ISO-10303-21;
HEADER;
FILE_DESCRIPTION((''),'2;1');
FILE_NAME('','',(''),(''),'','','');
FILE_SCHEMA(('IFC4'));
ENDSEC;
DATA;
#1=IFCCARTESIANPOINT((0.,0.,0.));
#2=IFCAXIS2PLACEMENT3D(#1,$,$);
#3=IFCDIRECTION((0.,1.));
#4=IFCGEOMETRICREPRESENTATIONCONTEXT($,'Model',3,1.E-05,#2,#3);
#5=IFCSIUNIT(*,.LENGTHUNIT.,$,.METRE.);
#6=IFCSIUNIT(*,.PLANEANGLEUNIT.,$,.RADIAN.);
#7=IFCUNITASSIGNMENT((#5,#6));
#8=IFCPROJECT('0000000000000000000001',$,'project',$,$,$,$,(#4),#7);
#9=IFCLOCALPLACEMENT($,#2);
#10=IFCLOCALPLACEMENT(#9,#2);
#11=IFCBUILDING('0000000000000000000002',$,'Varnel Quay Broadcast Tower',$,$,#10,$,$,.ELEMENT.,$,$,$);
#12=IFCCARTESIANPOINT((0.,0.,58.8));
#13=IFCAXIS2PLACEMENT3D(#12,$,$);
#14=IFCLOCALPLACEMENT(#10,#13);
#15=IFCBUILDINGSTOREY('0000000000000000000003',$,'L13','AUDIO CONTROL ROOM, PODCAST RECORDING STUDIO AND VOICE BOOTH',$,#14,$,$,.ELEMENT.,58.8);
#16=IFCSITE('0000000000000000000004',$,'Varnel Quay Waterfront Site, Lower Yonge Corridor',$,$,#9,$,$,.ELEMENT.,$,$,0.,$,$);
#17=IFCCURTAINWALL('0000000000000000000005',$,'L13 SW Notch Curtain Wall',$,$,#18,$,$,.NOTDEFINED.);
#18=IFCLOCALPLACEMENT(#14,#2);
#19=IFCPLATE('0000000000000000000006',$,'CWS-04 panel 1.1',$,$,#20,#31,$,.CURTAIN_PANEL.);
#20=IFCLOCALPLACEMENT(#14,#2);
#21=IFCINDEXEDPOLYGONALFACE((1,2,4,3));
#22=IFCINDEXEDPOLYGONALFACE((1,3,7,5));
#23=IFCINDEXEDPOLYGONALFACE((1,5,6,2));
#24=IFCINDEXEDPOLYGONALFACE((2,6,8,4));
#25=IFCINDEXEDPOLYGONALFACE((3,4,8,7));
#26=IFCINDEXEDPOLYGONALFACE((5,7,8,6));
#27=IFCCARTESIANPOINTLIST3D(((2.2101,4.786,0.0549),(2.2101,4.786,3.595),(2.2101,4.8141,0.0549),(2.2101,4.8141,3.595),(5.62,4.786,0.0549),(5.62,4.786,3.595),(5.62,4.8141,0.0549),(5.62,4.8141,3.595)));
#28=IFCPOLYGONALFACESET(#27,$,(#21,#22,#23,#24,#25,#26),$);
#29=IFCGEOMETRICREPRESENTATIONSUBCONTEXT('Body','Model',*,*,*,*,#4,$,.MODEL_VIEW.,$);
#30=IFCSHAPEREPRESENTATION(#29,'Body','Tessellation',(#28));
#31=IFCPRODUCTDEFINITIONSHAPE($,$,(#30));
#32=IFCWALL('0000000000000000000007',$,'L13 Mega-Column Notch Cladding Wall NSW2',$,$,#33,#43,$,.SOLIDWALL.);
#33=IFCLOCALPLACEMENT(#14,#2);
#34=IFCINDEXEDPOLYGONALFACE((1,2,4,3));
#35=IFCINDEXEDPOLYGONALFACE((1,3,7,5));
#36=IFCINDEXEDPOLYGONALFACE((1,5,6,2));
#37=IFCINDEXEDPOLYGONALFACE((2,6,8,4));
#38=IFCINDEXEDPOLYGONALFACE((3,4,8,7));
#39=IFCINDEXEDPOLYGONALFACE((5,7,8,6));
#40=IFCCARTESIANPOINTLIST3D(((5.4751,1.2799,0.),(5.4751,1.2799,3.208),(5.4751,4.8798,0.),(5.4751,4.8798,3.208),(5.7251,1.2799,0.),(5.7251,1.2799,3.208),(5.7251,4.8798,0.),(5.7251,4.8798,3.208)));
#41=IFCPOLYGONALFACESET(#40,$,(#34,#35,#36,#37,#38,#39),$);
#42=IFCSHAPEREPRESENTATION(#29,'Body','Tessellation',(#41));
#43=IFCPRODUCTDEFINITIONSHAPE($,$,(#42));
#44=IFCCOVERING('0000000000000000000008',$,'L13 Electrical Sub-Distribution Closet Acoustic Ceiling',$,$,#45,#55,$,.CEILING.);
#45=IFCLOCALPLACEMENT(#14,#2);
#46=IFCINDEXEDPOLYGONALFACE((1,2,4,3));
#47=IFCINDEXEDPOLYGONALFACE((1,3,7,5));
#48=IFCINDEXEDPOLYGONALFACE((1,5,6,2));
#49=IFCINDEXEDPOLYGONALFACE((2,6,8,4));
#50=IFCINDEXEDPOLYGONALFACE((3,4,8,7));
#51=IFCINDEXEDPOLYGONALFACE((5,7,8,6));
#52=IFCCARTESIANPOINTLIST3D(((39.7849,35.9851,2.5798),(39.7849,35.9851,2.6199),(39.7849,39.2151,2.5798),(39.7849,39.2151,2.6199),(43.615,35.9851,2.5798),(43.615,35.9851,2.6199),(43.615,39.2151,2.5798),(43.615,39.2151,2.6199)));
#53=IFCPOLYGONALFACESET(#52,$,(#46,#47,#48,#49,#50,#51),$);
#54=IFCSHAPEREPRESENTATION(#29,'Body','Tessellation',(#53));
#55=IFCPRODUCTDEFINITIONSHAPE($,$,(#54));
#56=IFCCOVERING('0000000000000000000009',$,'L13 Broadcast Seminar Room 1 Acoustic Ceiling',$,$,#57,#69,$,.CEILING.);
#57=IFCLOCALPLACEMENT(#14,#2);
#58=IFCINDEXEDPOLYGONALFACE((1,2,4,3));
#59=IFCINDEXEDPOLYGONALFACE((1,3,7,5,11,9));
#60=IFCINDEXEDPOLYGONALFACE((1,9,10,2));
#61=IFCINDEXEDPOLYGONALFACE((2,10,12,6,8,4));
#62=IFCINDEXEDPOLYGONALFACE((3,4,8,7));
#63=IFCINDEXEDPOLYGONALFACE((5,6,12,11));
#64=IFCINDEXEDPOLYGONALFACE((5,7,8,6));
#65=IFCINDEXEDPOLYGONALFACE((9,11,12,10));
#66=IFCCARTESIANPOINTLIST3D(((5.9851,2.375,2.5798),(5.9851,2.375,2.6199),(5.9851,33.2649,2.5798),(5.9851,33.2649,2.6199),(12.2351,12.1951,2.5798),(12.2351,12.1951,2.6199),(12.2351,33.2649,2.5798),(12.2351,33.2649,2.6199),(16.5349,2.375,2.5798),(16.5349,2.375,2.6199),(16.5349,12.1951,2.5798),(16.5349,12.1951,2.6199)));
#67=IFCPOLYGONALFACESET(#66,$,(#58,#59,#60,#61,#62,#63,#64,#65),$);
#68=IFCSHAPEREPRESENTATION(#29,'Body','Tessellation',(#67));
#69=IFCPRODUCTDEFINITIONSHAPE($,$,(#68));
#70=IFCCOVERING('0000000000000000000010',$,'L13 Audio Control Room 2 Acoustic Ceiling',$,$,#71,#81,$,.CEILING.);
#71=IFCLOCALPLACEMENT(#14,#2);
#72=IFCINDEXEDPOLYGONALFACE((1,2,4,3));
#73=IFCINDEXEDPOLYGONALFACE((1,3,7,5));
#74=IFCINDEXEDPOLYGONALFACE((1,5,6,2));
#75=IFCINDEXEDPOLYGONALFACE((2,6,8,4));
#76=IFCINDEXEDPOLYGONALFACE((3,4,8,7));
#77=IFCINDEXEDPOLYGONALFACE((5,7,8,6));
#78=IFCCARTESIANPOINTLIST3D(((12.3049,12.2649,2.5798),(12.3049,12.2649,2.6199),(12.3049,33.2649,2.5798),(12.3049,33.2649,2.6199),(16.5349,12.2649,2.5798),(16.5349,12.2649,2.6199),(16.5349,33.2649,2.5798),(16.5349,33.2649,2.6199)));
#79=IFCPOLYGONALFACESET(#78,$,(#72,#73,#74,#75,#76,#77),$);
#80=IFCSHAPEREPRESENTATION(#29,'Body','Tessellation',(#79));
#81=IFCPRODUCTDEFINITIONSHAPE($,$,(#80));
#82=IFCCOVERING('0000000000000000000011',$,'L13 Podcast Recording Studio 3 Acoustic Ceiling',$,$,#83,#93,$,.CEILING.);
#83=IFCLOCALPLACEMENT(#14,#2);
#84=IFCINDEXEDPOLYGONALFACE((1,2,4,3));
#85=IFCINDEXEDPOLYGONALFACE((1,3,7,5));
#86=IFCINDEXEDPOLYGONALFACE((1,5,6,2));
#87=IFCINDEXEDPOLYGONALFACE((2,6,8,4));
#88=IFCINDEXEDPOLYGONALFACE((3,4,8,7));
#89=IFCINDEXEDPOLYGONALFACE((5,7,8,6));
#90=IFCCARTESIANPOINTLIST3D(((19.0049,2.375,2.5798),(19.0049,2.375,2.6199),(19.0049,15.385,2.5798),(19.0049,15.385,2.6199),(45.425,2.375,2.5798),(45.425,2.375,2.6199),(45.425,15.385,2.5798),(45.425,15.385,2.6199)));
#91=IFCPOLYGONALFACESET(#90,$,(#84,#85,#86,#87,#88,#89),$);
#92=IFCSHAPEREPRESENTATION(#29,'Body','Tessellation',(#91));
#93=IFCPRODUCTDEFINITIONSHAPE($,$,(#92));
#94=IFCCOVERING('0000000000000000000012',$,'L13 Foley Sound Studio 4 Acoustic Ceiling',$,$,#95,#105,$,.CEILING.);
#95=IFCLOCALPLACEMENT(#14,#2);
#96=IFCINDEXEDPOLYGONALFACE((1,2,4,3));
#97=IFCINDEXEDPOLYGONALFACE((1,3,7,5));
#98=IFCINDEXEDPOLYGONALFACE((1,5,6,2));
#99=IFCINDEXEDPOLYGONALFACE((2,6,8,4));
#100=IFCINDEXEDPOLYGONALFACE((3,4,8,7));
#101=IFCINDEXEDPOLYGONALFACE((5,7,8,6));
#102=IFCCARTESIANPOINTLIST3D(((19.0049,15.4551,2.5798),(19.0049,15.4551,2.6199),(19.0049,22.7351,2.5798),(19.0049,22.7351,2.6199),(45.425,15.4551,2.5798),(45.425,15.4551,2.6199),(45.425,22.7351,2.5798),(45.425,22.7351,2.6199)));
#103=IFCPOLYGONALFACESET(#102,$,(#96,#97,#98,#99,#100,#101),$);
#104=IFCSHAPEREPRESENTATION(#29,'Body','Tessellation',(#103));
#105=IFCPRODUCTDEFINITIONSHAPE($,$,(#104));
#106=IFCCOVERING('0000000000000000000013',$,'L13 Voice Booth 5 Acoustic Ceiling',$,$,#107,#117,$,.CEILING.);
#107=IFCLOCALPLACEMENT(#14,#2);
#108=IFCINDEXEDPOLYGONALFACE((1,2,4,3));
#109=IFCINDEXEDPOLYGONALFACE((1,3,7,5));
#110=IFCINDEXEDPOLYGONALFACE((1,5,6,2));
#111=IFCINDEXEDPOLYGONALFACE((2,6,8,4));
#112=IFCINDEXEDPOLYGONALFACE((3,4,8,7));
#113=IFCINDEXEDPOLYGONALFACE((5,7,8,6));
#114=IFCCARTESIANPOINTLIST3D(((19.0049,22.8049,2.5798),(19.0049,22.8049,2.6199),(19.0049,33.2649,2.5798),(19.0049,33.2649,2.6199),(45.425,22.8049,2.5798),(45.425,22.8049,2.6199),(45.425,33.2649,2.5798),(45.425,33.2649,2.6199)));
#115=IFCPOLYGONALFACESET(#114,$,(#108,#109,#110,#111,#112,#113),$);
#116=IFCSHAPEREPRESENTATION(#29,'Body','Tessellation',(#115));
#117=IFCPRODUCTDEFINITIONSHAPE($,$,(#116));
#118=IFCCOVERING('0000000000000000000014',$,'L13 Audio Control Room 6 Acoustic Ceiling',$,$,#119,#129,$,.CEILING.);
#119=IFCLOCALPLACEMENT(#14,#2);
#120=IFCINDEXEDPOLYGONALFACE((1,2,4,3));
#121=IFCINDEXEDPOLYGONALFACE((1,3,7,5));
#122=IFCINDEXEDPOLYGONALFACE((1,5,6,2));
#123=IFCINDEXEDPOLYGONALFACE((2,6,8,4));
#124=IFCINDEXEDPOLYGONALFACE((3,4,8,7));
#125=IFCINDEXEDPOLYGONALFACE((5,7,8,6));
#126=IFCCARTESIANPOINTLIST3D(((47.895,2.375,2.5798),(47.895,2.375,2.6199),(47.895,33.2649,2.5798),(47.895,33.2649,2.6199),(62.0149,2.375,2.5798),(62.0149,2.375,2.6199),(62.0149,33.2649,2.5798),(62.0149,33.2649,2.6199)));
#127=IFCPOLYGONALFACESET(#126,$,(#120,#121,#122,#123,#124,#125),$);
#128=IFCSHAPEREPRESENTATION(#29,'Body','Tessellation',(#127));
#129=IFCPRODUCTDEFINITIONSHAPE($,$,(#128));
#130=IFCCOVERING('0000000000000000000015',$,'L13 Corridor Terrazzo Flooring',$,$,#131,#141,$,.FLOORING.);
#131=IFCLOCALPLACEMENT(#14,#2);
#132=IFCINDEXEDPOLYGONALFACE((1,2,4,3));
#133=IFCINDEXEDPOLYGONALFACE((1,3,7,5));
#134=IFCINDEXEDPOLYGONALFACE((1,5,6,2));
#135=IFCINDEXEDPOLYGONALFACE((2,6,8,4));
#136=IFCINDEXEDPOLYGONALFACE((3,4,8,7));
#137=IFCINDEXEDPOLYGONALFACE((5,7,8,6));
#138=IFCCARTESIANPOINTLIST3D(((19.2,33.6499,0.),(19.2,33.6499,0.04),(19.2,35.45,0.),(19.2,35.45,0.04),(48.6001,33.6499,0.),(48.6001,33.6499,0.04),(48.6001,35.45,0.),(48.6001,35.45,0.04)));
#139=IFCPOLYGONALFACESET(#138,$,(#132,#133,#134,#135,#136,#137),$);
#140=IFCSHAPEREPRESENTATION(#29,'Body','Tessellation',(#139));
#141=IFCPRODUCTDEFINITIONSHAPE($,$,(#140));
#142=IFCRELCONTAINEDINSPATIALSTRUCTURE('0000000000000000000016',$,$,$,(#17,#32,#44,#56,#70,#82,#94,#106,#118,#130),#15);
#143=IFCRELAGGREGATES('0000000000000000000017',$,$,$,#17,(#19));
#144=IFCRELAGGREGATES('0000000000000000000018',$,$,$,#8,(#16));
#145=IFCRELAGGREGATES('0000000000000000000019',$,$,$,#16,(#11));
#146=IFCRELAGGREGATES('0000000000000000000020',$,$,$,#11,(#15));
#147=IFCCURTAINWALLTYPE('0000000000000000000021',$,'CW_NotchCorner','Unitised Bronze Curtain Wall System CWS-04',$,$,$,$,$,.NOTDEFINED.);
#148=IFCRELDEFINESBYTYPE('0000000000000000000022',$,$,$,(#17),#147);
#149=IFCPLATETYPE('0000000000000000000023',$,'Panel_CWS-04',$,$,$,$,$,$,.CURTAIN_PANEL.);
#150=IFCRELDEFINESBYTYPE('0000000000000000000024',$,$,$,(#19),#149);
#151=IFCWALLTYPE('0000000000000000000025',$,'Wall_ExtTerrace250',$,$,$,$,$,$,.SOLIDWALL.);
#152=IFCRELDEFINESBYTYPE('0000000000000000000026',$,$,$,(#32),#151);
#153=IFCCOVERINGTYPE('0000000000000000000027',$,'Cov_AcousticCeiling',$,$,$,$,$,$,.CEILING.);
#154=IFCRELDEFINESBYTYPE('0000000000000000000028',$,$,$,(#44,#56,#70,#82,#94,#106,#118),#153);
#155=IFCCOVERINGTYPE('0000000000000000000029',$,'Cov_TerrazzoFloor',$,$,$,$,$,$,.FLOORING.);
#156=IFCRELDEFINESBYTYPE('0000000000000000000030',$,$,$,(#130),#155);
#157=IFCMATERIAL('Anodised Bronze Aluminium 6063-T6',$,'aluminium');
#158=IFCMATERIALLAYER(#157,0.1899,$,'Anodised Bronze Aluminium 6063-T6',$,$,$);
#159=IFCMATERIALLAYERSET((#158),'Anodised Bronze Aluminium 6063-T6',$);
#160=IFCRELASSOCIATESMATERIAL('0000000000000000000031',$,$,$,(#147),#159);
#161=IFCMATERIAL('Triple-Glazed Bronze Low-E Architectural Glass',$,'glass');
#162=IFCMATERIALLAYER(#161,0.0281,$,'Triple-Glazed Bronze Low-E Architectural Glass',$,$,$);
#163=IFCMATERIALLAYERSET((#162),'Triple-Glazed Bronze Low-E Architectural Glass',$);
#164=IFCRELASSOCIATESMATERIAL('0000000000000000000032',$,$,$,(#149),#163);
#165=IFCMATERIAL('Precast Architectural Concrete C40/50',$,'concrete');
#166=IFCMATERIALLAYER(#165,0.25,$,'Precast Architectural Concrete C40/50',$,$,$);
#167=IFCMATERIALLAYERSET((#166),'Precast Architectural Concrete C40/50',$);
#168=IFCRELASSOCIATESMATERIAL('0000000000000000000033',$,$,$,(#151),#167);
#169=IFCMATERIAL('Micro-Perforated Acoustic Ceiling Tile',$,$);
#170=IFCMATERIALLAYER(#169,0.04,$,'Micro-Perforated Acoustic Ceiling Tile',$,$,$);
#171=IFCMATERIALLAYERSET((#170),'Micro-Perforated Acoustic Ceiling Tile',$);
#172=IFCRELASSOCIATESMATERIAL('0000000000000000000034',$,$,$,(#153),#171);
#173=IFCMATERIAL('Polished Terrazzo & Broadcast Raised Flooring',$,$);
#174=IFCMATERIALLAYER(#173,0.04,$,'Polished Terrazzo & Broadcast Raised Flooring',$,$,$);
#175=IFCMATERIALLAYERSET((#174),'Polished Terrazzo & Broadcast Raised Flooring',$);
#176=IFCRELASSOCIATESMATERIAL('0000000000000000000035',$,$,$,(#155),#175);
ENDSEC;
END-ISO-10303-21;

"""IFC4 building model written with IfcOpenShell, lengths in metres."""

from ifc_helpers import new_model, si_unit, direction, frame, frame_2d, origin, origin_2d, place, context, subcontext, project, spatial, polyline, rectangle, outline, extrude, source, transform, mapped, material, layer, layer_set, type_object, type_shapes, element, aggregate, save


model = new_model("IFC4")

# Units and contexts
model_context = context("Model", 3, precision=1e-05, world=origin(), true_north=direction((0.0, 1.0)))
body_context = subcontext(model_context, "Body", "Model", "MODEL_VIEW")
ifc_project = project(units=[si_unit("LENGTHUNIT", "METRE"), si_unit("PLANEANGLEUNIT", "RADIAN")], contexts=[model_context])

# Site, building, storey
site_placement = place(None, origin())
site = spatial("IfcSite", under=ifc_project, at=site_placement, Name="Varnel Quay Waterfront Site, Lower Yonge Corridor", CompositionType="ELEMENT", RefElevation=0.0)
building_placement = place(site_placement, origin())
building = spatial("IfcBuilding", under=site, at=building_placement, Name="Varnel Quay Broadcast Tower", CompositionType="ELEMENT")
storey_placement = place(building_placement, frame((0.0, 0.0, 58.8)))
storey = spatial("IfcBuildingStorey", under=building, at=storey_placement, Name="L13", Description="AUDIO CONTROL ROOM, PODCAST RECORDING STUDIO AND VOICE BOOTH", CompositionType="ELEMENT", Elevation=58.8)

# Shared definitions
ifc_material_1 = material(Name="Anodised Bronze Aluminium 6063-T6", Category="aluminium")

# Curtain wall
ifc_layer_1 = layer(ifc_material_1, 0.1899, Name="Anodised Bronze Aluminium 6063-T6")
ifc_layer_set_1 = layer_set([ifc_layer_1], Name="Anodised Bronze Aluminium 6063-T6")
curtain_wall_type_1 = type_object("IfcCurtainWallType", Name="CW_NotchCorner", Description="Unitised Bronze Curtain Wall System CWS-04", PredefinedType="NOTDEFINED", material=ifc_layer_set_1)
curtain_wall_1_placement = place(storey_placement, origin())
curtain_wall_1 = element("IfcCurtainWall", 1, at=curtain_wall_1_placement, inside=storey, type_object=curtain_wall_type_1, Name="L13 SW Notch Curtain Wall", PredefinedType="NOTDEFINED")

# Plate
ifc_material_2 = material(Name="Triple-Glazed Bronze Low-E Architectural Glass", Category="glass")
ifc_layer_2 = layer(ifc_material_2, 0.0281, Name="Triple-Glazed Bronze Low-E Architectural Glass")
ifc_layer_set_2 = layer_set([ifc_layer_2], Name="Triple-Glazed Bronze Low-E Architectural Glass")
plate_type_1 = type_object("IfcPlateType", Name="Panel_CWS-04", PredefinedType="CURTAIN_PANEL", material=ifc_layer_set_2)
shared_shape_1 = source(origin(), body_context, "Body", "SweptSolid", [
    extrude(rectangle(XDim=3.4099, YDim=0.0281, at=origin_2d()), origin(), (0.0, 0.0, 1.0), 3.54),
])
type_shapes(plate_type_1, [shared_shape_1])
plate_1_placement = place(storey_placement, frame((3.915, 4.8, 0.0549), z_axis=(0.0, 0.0, 1.0), x_axis=(1.0, 0.0, 0.0)))
plate_1 = element("IfcPlate", 2, at=plate_1_placement, type_object=plate_type_1, Name="CWS-04 panel 1.1", PredefinedType="CURTAIN_PANEL", context=body_context, shape_type="MappedRepresentation", body=[
    mapped(shared_shape_1, transform((0.0, 0.0, 0.0), x_axis=(1.0, 0.0, 0.0), y_axis=(0.0, 1.0, 0.0), z_axis=(0.0, 0.0, 1.0), scale=1.0)),
])
aggregate(curtain_wall_1, [plate_1])

# Wall
ifc_material_3 = material(Name="Precast Architectural Concrete C40/50", Category="concrete")
ifc_layer_3 = layer(ifc_material_3, 0.25, Name="Precast Architectural Concrete C40/50")
ifc_layer_set_3 = layer_set([ifc_layer_3], Name="Precast Architectural Concrete C40/50")
wall_type = type_object("IfcWallType", Name="Wall_ExtTerrace250", PredefinedType="SOLIDWALL", material=ifc_layer_set_3)
wall_placement = place(storey_placement, frame((5.6001, 1.28, 0.0), z_axis=(0.0, 0.0, 1.0), x_axis=(0.0, 1.0, 0.0)))
element("IfcWall", 3, at=wall_placement, inside=storey, type_object=wall_type, Name="L13 Mega-Column Notch Cladding Wall NSW2", PredefinedType="SOLIDWALL", context=body_context, shape_type="SweptSolid", body=[
    extrude(rectangle(XDim=3.5999, YDim=0.25, at=frame_2d((1.7998, 0.0))), origin(), (0.0, 0.0, 1.0), 3.208),
])

# Coverings
ifc_material_4 = material(Name="Micro-Perforated Acoustic Ceiling Tile")
ifc_layer_4 = layer(ifc_material_4, 0.04, Name="Micro-Perforated Acoustic Ceiling Tile")
ifc_layer_set_4 = layer_set([ifc_layer_4], Name="Micro-Perforated Acoustic Ceiling Tile")
covering_type_1 = type_object("IfcCoveringType", Name="Cov_AcousticCeiling", PredefinedType="CEILING", material=ifc_layer_set_4)
covering_1_placement = place(storey_placement, frame((0.0, 0.0, 2.5798)))
element("IfcCovering", 4, at=covering_1_placement, inside=storey, type_object=covering_type_1, Name="L13 Electrical Sub-Distribution Closet Acoustic Ceiling", PredefinedType="CEILING", context=body_context, shape_type="SweptSolid", body=[
    extrude(outline(polyline([(39.7849, 35.9851), (43.615, 35.9851), (43.615, 39.2151), (39.7849, 39.2151), (39.7849, 35.9851)])), origin(), (0.0, 0.0, 1.0), 0.04),
])
covering_2_placement = place(storey_placement, frame((0.0, 0.0, 2.5798)))
element("IfcCovering", 5, at=covering_2_placement, inside=storey, type_object=covering_type_1, Name="L13 Broadcast Seminar Room 1 Acoustic Ceiling", PredefinedType="CEILING", context=body_context, shape_type="SweptSolid", body=[
    extrude(outline(polyline([(5.9851, 2.375), (16.5349, 2.375), (16.5349, 12.1951), (12.2351, 12.1951), (12.2351, 33.2649), (5.9851, 33.2649), (5.9851, 2.375)])), origin(), (0.0, 0.0, 1.0), 0.04),
])
covering_3_placement = place(storey_placement, frame((0.0, 0.0, 2.5798)))
element("IfcCovering", 6, at=covering_3_placement, inside=storey, type_object=covering_type_1, Name="L13 Audio Control Room 2 Acoustic Ceiling", PredefinedType="CEILING", context=body_context, shape_type="SweptSolid", body=[
    extrude(outline(polyline([(12.3049, 12.2649), (16.5349, 12.2649), (16.5349, 33.2649), (12.3049, 33.2649), (12.3049, 12.2649)])), origin(), (0.0, 0.0, 1.0), 0.04),
])
covering_4_placement = place(storey_placement, frame((0.0, 0.0, 2.5798)))
element("IfcCovering", 7, at=covering_4_placement, inside=storey, type_object=covering_type_1, Name="L13 Podcast Recording Studio 3 Acoustic Ceiling", PredefinedType="CEILING", context=body_context, shape_type="SweptSolid", body=[
    extrude(outline(polyline([(19.0049, 2.375), (45.425, 2.375), (45.425, 15.385), (19.0049, 15.385), (19.0049, 2.375)])), origin(), (0.0, 0.0, 1.0), 0.04),
])
covering_5_placement = place(storey_placement, frame((0.0, 0.0, 2.5798)))
element("IfcCovering", 8, at=covering_5_placement, inside=storey, type_object=covering_type_1, Name="L13 Foley Sound Studio 4 Acoustic Ceiling", PredefinedType="CEILING", context=body_context, shape_type="SweptSolid", body=[
    extrude(outline(polyline([(19.0049, 15.4551), (45.425, 15.4551), (45.425, 22.7351), (19.0049, 22.7351), (19.0049, 15.4551)])), origin(), (0.0, 0.0, 1.0), 0.04),
])
covering_6_placement = place(storey_placement, frame((0.0, 0.0, 2.5798)))
element("IfcCovering", 9, at=covering_6_placement, inside=storey, type_object=covering_type_1, Name="L13 Voice Booth 5 Acoustic Ceiling", PredefinedType="CEILING", context=body_context, shape_type="SweptSolid", body=[
    extrude(outline(polyline([(19.0049, 22.8049), (45.425, 22.8049), (45.425, 33.2649), (19.0049, 33.2649), (19.0049, 22.8049)])), origin(), (0.0, 0.0, 1.0), 0.04),
])
covering_7_placement = place(storey_placement, frame((0.0, 0.0, 2.5798)))
element("IfcCovering", 10, at=covering_7_placement, inside=storey, type_object=covering_type_1, Name="L13 Audio Control Room 6 Acoustic Ceiling", PredefinedType="CEILING", context=body_context, shape_type="SweptSolid", body=[
    extrude(outline(polyline([(47.895, 2.375), (62.0149, 2.375), (62.0149, 33.2649), (47.895, 33.2649), (47.895, 2.375)])), origin(), (0.0, 0.0, 1.0), 0.04),
])
ifc_material_5 = material(Name="Polished Terrazzo & Broadcast Raised Flooring")
ifc_layer_5 = layer(ifc_material_5, 0.04, Name="Polished Terrazzo & Broadcast Raised Flooring")
ifc_layer_set_5 = layer_set([ifc_layer_5], Name="Polished Terrazzo & Broadcast Raised Flooring")
covering_type_2 = type_object("IfcCoveringType", Name="Cov_TerrazzoFloor", PredefinedType="FLOORING", material=ifc_layer_set_5)
covering_8_placement = place(storey_placement, origin())
element("IfcCovering", 11, at=covering_8_placement, inside=storey, type_object=covering_type_2, Name="L13 Corridor Terrazzo Flooring", PredefinedType="FLOORING", context=body_context, shape_type="SweptSolid", body=[
    extrude(outline(polyline([(19.2, 33.6499), (48.6001, 33.6499), (48.6001, 35.45), (19.2, 35.45), (19.2, 33.6499)])), origin(), (0.0, 0.0, 1.0), 0.04),
])

save(model, "model.ifc")
